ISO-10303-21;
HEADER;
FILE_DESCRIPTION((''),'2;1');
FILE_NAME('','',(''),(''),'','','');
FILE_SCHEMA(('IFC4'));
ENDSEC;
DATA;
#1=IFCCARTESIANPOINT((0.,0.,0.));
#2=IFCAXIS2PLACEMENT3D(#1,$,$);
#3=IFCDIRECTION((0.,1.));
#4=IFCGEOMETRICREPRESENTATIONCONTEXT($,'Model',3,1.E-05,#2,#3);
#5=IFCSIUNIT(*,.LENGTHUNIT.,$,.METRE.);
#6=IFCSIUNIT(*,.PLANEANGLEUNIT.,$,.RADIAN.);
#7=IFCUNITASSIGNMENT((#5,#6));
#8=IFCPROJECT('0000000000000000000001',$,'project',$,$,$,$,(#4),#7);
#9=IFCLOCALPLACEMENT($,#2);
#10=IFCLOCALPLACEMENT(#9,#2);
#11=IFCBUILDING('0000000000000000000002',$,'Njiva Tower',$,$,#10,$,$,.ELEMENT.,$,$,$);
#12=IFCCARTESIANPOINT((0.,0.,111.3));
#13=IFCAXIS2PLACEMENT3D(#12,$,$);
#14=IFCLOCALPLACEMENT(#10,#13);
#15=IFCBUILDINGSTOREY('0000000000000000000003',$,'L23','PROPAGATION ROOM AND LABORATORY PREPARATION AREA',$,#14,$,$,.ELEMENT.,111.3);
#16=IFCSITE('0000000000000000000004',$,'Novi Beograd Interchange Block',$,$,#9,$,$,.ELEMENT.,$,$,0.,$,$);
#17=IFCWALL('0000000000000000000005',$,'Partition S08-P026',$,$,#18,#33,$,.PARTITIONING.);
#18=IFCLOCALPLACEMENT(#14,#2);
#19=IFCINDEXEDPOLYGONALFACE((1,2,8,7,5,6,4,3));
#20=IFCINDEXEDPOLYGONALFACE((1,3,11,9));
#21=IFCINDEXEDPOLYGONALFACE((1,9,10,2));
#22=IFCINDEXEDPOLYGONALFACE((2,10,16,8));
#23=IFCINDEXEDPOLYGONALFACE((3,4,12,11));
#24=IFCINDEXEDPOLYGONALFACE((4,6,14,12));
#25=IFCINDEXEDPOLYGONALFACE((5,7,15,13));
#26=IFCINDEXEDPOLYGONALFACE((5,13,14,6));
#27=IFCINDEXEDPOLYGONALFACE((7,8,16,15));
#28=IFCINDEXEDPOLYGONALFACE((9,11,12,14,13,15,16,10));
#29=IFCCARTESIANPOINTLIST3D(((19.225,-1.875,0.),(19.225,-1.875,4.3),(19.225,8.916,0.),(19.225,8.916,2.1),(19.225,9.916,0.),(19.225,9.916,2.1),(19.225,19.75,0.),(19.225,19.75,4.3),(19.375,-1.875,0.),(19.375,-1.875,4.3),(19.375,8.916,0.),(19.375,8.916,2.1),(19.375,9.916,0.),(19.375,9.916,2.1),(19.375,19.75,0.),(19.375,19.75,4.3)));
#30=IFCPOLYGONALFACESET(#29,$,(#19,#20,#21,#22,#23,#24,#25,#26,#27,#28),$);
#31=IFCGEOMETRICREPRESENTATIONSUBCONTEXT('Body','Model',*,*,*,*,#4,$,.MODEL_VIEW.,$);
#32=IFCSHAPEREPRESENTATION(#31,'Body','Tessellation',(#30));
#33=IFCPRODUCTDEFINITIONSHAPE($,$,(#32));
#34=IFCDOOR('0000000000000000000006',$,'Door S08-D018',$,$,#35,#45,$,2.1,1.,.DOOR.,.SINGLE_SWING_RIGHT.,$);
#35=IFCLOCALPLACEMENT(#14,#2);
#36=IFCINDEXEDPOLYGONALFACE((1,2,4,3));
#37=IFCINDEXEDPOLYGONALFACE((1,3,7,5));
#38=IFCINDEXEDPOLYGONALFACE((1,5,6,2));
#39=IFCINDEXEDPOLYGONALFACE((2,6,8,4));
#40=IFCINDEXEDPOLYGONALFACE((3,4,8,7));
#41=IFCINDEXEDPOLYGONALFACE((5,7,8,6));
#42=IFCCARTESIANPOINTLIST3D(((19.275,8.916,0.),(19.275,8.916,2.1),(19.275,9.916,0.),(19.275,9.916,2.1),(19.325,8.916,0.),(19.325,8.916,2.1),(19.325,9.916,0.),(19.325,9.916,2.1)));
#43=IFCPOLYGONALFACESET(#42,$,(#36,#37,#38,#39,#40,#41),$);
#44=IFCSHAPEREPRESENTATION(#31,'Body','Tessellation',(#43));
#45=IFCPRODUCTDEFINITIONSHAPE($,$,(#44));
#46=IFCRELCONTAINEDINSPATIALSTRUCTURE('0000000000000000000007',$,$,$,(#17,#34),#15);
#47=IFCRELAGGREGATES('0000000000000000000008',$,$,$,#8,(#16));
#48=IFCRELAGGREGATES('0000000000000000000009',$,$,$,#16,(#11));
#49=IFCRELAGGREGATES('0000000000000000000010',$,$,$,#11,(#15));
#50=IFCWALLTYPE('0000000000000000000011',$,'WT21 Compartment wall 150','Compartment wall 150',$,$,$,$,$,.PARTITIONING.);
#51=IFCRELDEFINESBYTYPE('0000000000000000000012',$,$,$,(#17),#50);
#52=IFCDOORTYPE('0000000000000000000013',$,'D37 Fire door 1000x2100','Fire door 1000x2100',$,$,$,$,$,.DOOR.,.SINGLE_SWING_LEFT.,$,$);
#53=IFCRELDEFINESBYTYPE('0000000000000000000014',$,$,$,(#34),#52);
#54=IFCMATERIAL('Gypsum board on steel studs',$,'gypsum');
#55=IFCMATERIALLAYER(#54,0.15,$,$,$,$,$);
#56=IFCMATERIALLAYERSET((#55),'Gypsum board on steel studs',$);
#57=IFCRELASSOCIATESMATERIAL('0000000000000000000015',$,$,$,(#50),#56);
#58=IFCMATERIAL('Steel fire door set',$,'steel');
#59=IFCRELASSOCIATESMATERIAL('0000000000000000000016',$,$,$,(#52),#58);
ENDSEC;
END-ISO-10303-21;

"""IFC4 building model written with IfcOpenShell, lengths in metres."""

from ifc_helpers import new_model, si_unit, direction, frame, frame_2d, origin, place, context, subcontext, project, spatial, rectangle, extrude, material, layer, layer_set, type_object, element, fill, save


model = new_model("IFC4")

# Units and contexts
model_context = context("Model", 3, precision=1e-05, world=origin(), true_north=direction((0.0, 1.0)))
body_context = subcontext(model_context, "Body", "Model", "MODEL_VIEW")
ifc_project = project(units=[si_unit("LENGTHUNIT", "METRE"), si_unit("PLANEANGLEUNIT", "RADIAN")], contexts=[model_context])

# Site, building, storey
site_placement = place(None, origin())
site = spatial("IfcSite", under=ifc_project, at=site_placement, Name="Novi Beograd Interchange Block", CompositionType="ELEMENT", RefElevation=0.0)
building_placement = place(site_placement, origin())
building = spatial("IfcBuilding", under=site, at=building_placement, Name="Njiva Tower", CompositionType="ELEMENT")
storey_placement = place(building_placement, frame((0.0, 0.0, 111.3)))
storey = spatial("IfcBuildingStorey", under=building, at=storey_placement, Name="L23", Description="PROPAGATION ROOM AND LABORATORY PREPARATION AREA", CompositionType="ELEMENT", Elevation=111.3)

# Wall, opening, door
ifc_material_1 = material(Name="Gypsum board on steel studs", Category="gypsum")
ifc_layer = layer(ifc_material_1, 0.15)
ifc_layer_set = layer_set([ifc_layer], Name="Gypsum board on steel studs")
wall_type = type_object("IfcWallType", Name="WT21 Compartment wall 150", Description="Compartment wall 150", PredefinedType="PARTITIONING", material=ifc_layer_set)
ifc_material_2 = material(Name="Steel fire door set", Category="steel")
door_type = type_object("IfcDoorType", Name="D37 Fire door 1000x2100", Description="Fire door 1000x2100", OperationType="SINGLE_SWING_LEFT", PredefinedType="DOOR", material=ifc_material_2)
wall_1_placement = place(storey_placement, frame((19.3, -1.875, 0.0), z_axis=(0.0, 0.0, 1.0), x_axis=(0.0, 1.0, 0.0)))
wall_1 = element("IfcWall", 1, at=wall_1_placement, inside=storey, type_object=wall_type, Name="Partition S08-P026", PredefinedType="PARTITIONING", context=body_context, shape_type="SweptSolid", body=[
    extrude(rectangle(XDim=21.625, YDim=0.15, at=frame_2d((10.8125, 0.0))), origin(), (0.0, 0.0, 1.0), 4.3),
])
opening_1_placement = place(wall_1_placement, frame((10.791, 0.0, 0.0)))
opening_1 = element("IfcOpeningElement", 2, at=opening_1_placement, cuts=wall_1, PredefinedType="OPENING", context=body_context, shape_type="SweptSolid", body=[
    extrude(rectangle(XDim=1.0, YDim=2.1, at=frame_2d((0.5, 1.05))), frame((0.0, 0.085, 0.0), z_axis=(0.0, -1.0, 0.0), x_axis=(1.0, 0.0, 0.0)), (0.0, 0.0, 1.0), 0.17),
])
door_1_placement = place(opening_1_placement, origin())
door_1 = element("IfcDoor", 3, at=door_1_placement, inside=storey, type_object=door_type, Name="Door S08-D018", OperationType="SINGLE_SWING_RIGHT", OverallHeight=2.1, OverallWidth=1.0, PredefinedType="DOOR", context=body_context, shape_type="SweptSolid", body=[
    extrude(rectangle(XDim=1.0, YDim=2.1, at=frame_2d((0.5, 1.05))), frame((0.0, 0.025, 0.0), z_axis=(0.0, -1.0, 0.0), x_axis=(1.0, 0.0, 0.0)), (0.0, 0.0, 1.0), 0.05),
])
fill(opening_1, door_1)

save(model, "model.ifc")
